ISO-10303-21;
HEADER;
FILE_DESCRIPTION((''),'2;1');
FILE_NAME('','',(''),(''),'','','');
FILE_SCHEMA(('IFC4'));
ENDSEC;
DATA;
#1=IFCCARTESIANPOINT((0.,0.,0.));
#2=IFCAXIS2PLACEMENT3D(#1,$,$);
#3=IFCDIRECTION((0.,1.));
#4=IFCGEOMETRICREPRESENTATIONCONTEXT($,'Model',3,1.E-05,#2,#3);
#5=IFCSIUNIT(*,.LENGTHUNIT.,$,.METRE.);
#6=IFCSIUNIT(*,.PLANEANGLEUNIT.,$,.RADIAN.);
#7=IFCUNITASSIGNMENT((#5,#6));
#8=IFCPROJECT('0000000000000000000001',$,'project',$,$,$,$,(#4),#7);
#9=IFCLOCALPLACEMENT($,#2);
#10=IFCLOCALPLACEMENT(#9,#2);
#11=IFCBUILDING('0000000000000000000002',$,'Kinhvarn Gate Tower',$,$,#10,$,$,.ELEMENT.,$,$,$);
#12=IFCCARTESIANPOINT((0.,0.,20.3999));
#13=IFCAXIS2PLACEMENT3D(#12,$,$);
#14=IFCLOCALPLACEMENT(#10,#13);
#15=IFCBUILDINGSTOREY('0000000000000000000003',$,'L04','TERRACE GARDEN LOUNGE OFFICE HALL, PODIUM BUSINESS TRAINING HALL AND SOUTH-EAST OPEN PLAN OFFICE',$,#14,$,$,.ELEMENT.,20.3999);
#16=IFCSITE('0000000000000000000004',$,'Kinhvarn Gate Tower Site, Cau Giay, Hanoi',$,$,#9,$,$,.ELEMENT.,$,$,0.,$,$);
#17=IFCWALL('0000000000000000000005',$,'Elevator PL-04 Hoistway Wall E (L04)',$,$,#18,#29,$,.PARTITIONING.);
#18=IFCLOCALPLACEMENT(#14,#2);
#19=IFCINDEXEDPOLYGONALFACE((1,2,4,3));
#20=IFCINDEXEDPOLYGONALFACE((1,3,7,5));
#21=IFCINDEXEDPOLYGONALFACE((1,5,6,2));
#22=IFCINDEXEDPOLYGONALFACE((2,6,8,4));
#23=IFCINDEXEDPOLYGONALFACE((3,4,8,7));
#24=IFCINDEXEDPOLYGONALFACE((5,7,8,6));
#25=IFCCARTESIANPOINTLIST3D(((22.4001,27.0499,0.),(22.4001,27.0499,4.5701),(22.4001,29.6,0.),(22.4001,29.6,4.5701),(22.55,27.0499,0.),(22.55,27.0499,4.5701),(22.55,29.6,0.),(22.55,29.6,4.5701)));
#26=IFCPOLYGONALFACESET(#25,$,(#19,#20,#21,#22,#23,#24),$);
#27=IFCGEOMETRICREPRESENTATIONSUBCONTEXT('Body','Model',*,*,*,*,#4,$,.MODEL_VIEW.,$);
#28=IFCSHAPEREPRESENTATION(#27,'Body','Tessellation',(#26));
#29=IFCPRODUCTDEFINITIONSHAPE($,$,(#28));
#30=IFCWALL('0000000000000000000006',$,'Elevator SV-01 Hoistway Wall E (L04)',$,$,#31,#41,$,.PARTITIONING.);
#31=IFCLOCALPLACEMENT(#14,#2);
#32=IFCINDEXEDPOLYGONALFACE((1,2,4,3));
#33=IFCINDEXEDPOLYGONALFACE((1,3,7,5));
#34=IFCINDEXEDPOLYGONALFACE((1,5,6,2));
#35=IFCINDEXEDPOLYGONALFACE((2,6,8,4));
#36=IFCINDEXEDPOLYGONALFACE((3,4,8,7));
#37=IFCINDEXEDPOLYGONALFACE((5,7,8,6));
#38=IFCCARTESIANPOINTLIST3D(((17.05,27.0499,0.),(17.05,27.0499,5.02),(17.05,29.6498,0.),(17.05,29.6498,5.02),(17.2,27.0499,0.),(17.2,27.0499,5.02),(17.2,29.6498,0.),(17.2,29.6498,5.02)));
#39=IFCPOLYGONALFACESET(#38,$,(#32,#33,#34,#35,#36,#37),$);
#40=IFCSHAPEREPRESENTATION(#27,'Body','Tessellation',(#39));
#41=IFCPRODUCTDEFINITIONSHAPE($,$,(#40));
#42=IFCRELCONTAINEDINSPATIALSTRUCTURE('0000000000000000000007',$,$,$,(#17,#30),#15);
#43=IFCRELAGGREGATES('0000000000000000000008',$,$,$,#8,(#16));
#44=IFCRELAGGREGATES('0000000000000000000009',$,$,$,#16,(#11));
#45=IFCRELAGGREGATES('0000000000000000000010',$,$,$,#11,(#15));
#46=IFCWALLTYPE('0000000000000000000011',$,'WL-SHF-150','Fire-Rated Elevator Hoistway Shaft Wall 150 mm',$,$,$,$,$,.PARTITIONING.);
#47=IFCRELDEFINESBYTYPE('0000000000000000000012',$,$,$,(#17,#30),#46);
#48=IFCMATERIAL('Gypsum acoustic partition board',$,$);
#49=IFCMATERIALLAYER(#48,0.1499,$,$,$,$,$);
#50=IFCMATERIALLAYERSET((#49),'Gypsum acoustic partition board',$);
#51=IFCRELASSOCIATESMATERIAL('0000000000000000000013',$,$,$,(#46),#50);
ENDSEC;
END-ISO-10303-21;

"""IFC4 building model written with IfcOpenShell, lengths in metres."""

from ifc_helpers import new_model, si_unit, direction, frame, frame_2d, origin, place, context, subcontext, project, spatial, rectangle, extrude, material, layer, layer_set, type_object, element, save


model = new_model("IFC4")

# Units and contexts
model_context = context("Model", 3, precision=1e-05, world=origin(), true_north=direction((0.0, 1.0)))
body_context = subcontext(model_context, "Body", "Model", "MODEL_VIEW")
ifc_project = project(units=[si_unit("LENGTHUNIT", "METRE"), si_unit("PLANEANGLEUNIT", "RADIAN")], contexts=[model_context])

# Site, building, storey
site_placement = place(None, origin())
site = spatial("IfcSite", under=ifc_project, at=site_placement, Name="Kinhvarn Gate Tower Site, Cau Giay, Hanoi", CompositionType="ELEMENT", RefElevation=0.0)
building_placement = place(site_placement, origin())
building = spatial("IfcBuilding", under=site, at=building_placement, Name="Kinhvarn Gate Tower", CompositionType="ELEMENT")
storey_placement = place(building_placement, frame((0.0, 0.0, 20.3999)))
storey = spatial("IfcBuildingStorey", under=building, at=storey_placement, Name="L04", Description="TERRACE GARDEN LOUNGE OFFICE HALL, PODIUM BUSINESS TRAINING HALL AND SOUTH-EAST OPEN PLAN OFFICE", CompositionType="ELEMENT", Elevation=20.3999)

# Shared definitions
ifc_material_1 = material(Name="Gypsum acoustic partition board")

# Walls
ifc_layer_1 = layer(ifc_material_1, 0.1499)
ifc_layer_set_1 = layer_set([ifc_layer_1], Name="Gypsum acoustic partition board")
wall_type_1 = type_object("IfcWallType", Name="WL-SHF-150", Description="Fire-Rated Elevator Hoistway Shaft Wall 150 mm", PredefinedType="PARTITIONING", material=ifc_layer_set_1)
wall_1_placement = place(storey_placement, frame((22.4751, 27.05, 0.0), z_axis=(0.0, 0.0, 1.0), x_axis=(0.0, 1.0, 0.0)))
element("IfcWall", 1, at=wall_1_placement, inside=storey, type_object=wall_type_1, Name="Elevator PL-04 Hoistway Wall E (L04)", PredefinedType="PARTITIONING", context=body_context, shape_type="SweptSolid", body=[
    extrude(rectangle(XDim=2.55, YDim=0.1499, at=frame_2d((1.2749, 0.0))), origin(), (0.0, 0.0, 1.0), 4.5701),
])
wall_2_placement = place(storey_placement, frame((17.125, 27.05, 0.0), z_axis=(0.0, 0.0, 1.0), x_axis=(0.0, 1.0, 0.0)))
element("IfcWall", 2, at=wall_2_placement, inside=storey, type_object=wall_type_1, Name="Elevator SV-01 Hoistway Wall E (L04)", PredefinedType="PARTITIONING", context=body_context, shape_type="SweptSolid", body=[
    extrude(rectangle(XDim=2.5999, YDim=0.1499, at=frame_2d((1.2998, 0.0))), origin(), (0.0, 0.0, 1.0), 5.02),
])

save(model, "model.ifc")
